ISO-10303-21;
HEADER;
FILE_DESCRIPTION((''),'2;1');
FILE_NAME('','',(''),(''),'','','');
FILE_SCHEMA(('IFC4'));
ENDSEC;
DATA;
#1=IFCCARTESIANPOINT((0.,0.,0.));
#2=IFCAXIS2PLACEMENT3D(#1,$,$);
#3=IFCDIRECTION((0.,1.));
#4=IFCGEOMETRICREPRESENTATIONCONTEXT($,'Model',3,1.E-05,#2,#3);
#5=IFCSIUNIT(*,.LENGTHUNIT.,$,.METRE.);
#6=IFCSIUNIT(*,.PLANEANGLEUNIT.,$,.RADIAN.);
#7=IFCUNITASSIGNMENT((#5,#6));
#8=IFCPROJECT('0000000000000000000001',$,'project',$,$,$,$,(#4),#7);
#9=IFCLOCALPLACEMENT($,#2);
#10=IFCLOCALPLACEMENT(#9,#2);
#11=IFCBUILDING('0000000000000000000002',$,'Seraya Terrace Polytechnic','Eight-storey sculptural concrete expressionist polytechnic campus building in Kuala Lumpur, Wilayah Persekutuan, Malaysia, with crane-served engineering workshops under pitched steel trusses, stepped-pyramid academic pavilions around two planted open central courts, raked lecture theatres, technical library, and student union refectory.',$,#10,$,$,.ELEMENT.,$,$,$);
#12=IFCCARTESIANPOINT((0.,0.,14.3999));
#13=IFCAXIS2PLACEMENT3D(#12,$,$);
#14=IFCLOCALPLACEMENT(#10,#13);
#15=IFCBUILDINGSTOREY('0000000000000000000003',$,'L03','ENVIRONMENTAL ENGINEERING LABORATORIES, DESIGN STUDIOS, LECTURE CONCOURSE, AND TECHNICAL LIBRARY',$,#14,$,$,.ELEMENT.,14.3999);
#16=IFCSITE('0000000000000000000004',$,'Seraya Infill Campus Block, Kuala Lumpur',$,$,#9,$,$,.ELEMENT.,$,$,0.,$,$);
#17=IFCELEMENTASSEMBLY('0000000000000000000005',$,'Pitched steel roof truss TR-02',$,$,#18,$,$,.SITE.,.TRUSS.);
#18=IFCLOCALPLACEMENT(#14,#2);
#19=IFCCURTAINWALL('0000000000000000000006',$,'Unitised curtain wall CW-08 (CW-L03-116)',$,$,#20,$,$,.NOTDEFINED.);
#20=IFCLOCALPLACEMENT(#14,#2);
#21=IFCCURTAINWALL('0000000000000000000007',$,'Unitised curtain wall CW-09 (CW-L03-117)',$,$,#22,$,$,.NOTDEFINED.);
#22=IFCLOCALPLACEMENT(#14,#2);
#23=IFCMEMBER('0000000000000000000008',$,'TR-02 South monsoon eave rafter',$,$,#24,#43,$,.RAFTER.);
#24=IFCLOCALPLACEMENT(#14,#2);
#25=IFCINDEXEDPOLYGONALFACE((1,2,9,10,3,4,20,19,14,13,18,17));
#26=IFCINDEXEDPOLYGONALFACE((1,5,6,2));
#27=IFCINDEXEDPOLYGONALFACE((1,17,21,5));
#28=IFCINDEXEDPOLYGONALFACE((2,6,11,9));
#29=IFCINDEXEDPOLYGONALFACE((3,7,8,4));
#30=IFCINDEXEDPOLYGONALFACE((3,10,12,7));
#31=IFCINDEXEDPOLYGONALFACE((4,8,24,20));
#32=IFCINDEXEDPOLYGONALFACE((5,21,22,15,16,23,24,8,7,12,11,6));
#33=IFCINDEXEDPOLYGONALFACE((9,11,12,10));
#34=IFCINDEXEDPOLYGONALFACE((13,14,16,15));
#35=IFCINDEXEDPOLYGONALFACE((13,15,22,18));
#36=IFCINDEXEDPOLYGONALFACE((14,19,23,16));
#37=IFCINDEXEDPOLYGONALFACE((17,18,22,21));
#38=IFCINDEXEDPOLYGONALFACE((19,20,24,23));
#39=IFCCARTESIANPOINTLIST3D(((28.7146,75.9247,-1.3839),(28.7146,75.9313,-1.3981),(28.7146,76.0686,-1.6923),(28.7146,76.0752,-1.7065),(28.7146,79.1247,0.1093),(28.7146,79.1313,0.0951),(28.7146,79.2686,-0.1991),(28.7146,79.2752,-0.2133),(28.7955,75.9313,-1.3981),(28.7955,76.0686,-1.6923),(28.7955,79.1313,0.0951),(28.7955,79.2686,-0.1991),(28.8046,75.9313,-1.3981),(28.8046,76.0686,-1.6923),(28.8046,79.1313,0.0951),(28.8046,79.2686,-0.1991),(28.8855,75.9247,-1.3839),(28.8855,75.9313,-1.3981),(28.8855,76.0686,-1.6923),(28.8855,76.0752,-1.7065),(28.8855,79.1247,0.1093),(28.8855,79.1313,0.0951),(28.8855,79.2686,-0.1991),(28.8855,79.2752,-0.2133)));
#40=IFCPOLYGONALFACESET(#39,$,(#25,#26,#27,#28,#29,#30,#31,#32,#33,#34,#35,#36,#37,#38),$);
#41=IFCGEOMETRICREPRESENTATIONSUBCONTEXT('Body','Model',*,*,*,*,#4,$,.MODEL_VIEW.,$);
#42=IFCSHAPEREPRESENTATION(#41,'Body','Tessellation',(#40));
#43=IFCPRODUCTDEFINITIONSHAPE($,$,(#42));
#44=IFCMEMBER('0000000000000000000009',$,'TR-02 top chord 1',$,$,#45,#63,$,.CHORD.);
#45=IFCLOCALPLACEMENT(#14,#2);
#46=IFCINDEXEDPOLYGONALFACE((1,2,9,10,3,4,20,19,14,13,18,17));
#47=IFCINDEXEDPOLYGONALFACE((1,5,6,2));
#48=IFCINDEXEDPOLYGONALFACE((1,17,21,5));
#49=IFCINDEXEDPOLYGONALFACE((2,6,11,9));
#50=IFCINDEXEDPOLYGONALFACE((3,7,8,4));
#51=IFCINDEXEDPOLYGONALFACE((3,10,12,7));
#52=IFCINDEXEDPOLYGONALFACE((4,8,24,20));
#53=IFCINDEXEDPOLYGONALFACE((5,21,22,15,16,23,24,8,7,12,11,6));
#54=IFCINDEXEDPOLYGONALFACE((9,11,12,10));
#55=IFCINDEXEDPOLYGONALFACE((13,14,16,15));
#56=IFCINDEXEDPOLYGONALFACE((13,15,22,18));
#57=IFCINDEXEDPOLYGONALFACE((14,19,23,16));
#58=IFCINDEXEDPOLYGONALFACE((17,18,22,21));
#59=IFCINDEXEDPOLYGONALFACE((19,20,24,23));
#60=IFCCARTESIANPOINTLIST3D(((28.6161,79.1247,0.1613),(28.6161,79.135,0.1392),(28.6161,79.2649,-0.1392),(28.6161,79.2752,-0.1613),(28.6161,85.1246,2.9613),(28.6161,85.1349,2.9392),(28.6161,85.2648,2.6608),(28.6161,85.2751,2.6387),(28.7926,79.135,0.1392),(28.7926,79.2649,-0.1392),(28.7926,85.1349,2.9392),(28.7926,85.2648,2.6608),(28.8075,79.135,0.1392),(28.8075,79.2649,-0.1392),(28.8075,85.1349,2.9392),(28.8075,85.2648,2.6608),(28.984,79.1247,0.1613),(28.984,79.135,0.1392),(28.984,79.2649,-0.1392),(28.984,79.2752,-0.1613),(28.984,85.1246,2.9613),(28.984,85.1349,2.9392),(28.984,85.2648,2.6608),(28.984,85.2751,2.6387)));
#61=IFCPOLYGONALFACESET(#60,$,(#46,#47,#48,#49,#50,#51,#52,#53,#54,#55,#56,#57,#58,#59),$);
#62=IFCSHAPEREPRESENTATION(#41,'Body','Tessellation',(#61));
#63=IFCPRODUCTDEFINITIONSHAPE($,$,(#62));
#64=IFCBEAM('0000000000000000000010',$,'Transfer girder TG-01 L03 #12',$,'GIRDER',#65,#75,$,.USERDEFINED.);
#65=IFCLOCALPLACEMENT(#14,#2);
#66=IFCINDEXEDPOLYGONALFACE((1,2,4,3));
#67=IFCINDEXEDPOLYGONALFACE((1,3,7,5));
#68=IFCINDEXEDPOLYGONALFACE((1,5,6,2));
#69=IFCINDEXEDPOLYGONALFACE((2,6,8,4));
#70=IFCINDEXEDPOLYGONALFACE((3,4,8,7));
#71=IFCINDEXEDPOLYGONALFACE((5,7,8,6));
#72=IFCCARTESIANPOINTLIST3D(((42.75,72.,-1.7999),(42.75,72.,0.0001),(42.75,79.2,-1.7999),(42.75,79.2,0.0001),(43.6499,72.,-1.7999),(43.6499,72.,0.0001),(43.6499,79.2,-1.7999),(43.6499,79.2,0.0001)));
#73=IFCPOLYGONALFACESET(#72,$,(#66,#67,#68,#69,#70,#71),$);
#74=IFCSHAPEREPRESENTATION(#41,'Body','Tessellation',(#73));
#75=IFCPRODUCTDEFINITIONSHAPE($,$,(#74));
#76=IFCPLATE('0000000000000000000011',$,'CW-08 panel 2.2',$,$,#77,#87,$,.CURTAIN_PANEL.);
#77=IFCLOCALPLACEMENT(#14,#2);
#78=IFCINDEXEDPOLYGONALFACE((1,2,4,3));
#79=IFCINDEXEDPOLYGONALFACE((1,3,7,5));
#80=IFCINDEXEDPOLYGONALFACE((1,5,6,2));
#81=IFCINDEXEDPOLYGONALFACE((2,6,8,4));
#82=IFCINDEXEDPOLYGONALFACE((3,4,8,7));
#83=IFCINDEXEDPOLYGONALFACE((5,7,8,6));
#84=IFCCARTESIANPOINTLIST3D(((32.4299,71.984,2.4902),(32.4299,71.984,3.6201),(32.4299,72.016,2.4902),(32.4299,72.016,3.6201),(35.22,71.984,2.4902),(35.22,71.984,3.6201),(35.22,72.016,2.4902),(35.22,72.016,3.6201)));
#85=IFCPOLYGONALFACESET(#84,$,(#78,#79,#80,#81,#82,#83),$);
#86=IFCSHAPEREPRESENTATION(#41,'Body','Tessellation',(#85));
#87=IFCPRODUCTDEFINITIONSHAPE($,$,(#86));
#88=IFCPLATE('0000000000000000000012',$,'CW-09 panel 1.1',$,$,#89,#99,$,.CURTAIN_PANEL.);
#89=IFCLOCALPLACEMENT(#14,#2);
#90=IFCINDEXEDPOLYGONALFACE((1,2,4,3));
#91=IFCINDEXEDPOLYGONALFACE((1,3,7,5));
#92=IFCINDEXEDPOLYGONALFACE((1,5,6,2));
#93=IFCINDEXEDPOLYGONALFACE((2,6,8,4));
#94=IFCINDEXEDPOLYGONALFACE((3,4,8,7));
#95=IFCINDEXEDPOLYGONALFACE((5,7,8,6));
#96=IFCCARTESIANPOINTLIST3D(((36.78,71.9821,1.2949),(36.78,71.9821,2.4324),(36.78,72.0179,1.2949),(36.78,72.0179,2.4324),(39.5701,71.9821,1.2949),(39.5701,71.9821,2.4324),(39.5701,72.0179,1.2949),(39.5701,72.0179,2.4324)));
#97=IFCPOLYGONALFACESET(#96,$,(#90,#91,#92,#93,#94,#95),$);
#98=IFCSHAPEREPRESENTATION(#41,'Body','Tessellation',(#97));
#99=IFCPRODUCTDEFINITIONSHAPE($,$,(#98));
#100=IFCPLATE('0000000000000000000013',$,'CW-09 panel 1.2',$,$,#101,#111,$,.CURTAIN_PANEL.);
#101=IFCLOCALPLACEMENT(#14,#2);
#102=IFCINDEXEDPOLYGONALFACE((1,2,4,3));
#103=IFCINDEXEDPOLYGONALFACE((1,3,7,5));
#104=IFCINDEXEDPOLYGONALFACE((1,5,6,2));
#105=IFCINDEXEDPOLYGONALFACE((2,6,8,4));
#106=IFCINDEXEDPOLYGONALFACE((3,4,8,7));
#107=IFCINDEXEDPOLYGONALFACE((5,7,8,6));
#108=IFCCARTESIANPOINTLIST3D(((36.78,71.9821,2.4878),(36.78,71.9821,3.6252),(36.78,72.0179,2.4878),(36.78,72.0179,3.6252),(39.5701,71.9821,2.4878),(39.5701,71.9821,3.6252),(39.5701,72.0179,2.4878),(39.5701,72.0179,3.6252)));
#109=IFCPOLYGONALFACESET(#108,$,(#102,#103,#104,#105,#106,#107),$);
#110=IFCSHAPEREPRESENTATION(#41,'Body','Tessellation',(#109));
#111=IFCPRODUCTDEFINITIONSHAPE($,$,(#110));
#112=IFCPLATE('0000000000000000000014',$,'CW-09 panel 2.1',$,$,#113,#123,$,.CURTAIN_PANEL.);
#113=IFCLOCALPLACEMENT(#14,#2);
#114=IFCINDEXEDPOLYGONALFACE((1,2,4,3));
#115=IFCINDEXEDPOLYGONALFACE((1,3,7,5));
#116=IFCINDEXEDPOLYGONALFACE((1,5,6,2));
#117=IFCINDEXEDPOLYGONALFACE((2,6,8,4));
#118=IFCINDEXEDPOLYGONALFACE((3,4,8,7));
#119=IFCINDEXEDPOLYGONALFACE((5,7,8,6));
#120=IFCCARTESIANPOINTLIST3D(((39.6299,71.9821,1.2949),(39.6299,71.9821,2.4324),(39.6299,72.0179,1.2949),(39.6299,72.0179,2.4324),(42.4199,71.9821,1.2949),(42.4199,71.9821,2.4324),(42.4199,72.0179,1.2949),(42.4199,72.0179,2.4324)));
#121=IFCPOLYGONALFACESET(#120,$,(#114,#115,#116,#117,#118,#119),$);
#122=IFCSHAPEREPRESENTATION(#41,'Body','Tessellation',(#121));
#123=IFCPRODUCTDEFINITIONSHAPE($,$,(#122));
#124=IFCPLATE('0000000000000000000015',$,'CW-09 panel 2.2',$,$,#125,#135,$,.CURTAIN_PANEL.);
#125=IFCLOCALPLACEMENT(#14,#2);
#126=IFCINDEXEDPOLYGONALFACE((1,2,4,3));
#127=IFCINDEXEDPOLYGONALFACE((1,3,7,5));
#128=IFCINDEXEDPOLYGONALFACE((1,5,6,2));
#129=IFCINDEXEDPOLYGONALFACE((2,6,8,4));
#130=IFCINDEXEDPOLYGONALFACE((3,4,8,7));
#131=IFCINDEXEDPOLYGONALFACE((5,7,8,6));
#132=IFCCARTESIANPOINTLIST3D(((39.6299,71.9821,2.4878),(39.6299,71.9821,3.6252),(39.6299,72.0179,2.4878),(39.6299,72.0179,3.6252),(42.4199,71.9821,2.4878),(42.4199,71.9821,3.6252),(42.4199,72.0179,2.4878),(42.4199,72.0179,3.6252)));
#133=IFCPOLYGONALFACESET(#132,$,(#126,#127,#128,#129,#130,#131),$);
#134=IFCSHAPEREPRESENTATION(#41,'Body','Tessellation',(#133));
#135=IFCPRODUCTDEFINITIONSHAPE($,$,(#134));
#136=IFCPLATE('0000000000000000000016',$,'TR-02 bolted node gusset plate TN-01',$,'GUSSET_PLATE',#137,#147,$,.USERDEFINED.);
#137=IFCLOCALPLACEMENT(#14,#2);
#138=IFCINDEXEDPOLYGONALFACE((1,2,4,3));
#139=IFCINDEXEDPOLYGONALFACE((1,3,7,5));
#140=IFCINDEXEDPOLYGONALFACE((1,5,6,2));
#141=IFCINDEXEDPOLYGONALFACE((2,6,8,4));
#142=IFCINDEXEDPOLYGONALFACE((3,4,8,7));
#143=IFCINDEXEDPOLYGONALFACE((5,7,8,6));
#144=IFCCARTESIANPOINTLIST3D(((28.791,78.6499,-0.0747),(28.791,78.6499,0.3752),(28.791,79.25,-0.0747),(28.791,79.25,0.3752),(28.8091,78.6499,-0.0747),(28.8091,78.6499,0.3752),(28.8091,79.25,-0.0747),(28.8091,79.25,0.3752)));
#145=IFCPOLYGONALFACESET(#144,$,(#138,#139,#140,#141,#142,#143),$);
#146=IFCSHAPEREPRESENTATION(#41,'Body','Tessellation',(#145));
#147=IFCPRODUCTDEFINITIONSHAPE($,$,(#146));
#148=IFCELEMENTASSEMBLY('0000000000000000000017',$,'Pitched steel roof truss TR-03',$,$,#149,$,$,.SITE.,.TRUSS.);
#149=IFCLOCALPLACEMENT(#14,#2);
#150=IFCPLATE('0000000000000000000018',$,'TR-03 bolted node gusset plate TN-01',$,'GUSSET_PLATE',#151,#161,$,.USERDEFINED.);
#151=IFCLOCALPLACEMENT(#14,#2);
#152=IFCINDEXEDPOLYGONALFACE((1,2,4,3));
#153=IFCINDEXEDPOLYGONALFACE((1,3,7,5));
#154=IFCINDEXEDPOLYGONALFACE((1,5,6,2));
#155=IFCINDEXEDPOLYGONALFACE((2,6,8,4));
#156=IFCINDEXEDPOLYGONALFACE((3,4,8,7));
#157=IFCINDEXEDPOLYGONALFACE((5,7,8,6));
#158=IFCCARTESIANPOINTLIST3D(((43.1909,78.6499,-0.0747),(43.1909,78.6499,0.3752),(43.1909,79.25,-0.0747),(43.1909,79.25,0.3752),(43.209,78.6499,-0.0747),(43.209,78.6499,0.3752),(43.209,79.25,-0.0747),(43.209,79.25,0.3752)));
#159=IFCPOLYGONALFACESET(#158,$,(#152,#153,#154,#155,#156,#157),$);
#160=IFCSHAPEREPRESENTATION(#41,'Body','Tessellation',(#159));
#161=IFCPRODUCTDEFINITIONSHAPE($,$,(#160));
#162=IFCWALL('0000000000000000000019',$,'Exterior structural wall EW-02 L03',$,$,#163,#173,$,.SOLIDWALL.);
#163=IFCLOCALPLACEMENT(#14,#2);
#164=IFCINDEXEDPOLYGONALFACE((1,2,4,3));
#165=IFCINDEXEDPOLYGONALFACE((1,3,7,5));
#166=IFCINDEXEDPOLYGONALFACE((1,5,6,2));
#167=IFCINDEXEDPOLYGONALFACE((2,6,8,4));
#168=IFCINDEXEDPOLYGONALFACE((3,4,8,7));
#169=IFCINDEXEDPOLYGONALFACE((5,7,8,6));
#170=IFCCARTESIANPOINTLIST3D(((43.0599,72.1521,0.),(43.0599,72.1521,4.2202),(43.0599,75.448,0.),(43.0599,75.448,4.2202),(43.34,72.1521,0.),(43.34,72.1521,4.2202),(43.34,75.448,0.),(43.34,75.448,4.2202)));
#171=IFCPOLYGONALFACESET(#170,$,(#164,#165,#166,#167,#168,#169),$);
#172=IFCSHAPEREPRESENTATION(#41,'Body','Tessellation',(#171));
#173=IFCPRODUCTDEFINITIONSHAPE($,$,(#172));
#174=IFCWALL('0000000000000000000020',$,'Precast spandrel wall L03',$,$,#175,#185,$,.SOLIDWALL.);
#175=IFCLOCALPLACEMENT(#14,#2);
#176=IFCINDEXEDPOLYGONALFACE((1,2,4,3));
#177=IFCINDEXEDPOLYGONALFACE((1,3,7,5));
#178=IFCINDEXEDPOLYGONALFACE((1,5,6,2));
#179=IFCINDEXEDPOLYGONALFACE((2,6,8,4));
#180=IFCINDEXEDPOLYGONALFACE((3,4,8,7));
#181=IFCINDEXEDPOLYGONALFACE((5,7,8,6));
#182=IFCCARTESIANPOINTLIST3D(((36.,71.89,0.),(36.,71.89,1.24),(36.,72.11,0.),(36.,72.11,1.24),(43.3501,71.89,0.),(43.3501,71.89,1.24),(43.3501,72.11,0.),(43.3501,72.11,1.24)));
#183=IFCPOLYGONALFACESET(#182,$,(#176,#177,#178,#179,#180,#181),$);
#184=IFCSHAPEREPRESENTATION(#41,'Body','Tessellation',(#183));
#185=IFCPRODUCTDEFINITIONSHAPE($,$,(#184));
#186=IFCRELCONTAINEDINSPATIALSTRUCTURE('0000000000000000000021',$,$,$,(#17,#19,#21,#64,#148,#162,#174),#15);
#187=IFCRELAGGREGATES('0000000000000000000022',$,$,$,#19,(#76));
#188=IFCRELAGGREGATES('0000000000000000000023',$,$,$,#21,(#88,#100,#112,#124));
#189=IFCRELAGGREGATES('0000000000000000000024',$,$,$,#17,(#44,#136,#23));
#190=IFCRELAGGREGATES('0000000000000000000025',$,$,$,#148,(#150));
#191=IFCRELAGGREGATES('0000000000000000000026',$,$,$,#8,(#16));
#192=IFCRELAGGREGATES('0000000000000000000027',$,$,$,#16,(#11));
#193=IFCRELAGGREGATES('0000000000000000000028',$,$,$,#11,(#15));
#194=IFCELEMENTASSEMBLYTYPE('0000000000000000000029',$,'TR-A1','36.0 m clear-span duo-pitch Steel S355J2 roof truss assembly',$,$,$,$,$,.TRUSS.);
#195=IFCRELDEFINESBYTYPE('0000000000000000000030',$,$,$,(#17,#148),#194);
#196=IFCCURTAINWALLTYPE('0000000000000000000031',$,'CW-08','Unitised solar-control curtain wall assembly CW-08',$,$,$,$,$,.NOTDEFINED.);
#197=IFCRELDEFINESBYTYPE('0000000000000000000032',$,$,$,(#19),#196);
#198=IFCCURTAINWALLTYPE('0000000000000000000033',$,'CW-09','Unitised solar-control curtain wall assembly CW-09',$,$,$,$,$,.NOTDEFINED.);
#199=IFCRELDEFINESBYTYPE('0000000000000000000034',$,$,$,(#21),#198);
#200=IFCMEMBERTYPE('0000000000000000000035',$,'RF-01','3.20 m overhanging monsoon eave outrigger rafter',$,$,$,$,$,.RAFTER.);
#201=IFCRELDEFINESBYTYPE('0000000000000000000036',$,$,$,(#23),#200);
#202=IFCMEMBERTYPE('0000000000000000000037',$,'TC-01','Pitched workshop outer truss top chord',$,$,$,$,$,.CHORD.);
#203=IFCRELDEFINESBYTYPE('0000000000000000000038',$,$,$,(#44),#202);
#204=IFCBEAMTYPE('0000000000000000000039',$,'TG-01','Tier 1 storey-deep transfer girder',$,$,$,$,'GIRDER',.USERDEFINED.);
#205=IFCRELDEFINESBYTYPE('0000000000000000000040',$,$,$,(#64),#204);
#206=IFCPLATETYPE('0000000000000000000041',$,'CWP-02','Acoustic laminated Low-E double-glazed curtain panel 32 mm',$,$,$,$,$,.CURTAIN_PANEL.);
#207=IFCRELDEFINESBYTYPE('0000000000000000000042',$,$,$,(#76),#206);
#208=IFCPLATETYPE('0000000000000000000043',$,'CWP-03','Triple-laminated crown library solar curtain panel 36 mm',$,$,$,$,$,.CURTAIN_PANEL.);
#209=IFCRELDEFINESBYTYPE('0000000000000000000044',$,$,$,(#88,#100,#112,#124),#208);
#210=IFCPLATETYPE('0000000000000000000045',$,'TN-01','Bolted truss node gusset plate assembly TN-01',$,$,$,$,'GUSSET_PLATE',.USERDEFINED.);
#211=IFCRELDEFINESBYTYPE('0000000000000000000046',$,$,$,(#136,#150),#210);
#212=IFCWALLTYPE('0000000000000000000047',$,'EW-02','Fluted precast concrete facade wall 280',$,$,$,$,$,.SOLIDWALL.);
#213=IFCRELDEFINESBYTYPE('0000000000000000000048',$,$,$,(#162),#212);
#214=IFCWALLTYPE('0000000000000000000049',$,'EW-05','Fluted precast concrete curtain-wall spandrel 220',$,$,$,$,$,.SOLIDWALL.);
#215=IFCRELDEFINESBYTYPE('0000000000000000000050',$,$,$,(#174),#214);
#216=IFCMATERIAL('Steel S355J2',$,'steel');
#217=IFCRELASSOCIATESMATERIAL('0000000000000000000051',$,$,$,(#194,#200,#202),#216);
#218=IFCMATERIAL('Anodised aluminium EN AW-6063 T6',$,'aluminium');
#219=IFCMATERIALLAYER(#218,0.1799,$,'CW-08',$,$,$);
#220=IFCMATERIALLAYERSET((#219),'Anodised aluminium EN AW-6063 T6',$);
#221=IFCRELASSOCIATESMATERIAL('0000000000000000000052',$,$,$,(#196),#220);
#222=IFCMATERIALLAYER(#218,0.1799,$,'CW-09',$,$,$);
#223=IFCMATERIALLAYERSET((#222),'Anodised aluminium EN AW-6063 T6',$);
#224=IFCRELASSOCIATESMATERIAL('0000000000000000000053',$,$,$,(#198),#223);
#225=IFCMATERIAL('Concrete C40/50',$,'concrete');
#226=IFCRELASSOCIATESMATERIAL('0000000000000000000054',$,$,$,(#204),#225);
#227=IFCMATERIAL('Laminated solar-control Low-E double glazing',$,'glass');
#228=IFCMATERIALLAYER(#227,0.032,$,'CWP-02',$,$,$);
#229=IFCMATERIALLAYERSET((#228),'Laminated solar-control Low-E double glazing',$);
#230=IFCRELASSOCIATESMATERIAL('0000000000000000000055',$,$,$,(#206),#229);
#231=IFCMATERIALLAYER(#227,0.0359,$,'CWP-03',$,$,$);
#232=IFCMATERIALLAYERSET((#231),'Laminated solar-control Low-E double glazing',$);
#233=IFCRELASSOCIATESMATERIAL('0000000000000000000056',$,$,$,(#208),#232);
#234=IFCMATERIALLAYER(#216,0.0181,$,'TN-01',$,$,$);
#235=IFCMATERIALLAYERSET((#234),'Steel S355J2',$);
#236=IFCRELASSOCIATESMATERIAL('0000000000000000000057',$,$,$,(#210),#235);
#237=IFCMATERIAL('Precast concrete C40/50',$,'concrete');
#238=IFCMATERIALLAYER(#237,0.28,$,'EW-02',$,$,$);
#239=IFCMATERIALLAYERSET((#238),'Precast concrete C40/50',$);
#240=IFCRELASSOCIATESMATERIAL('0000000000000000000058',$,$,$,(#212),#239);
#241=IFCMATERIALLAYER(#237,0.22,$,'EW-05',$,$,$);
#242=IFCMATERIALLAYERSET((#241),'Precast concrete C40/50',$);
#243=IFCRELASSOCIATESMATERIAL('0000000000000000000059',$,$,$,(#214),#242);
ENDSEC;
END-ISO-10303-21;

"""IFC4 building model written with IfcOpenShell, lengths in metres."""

from ifc_helpers import new_model, si_unit, direction, frame, frame_2d, origin, origin_2d, place, context, subcontext, project, spatial, rectangle, i_section, extrude, material, layer, layer_set, material_profile, profile_set, type_object, element, aggregate, save


model = new_model("IFC4")

# Units and contexts
model_context = context("Model", 3, precision=1e-05, world=origin(), true_north=direction((0.0, 1.0)))
body_context = subcontext(model_context, "Body", "Model", "MODEL_VIEW")
ifc_project = project(units=[si_unit("LENGTHUNIT", "METRE"), si_unit("PLANEANGLEUNIT", "RADIAN")], contexts=[model_context])

# Site, building, storey
site_placement = place(None, origin())
site = spatial("IfcSite", under=ifc_project, at=site_placement, Name="Seraya Infill Campus Block, Kuala Lumpur", CompositionType="ELEMENT", RefElevation=0.0)
building_placement = place(site_placement, origin())
building = spatial("IfcBuilding", under=site, at=building_placement, Name="Seraya Terrace Polytechnic", Description="Eight-storey sculptural concrete expressionist polytechnic campus building in Kuala Lumpur, Wilayah Persekutuan, Malaysia, with crane-served engineering workshops under pitched steel trusses, stepped-pyramid academic pavilions around two planted open central courts, raked lecture theatres, technical library, and student union refectory.", CompositionType="ELEMENT")
storey_placement = place(building_placement, frame((0.0, 0.0, 14.3999)))
storey = spatial("IfcBuildingStorey", under=building, at=storey_placement, Name="L03", Description="ENVIRONMENTAL ENGINEERING LABORATORIES, DESIGN STUDIOS, LECTURE CONCOURSE, AND TECHNICAL LIBRARY", CompositionType="ELEMENT", Elevation=14.3999)

# Shared definitions
ifc_material_1 = material(Name="Concrete C40/50", Category="concrete")

# Element assembly
ifc_material_2 = material(Name="Steel S355J2", Category="steel")
element_assembly_type = type_object("IfcElementAssemblyType", Name="TR-A1", Description="36.0 m clear-span duo-pitch Steel S355J2 roof truss assembly", PredefinedType="TRUSS", material=ifc_material_2)
assembly_1_placement = place(storey_placement, origin())
assembly_1 = element("IfcElementAssembly", 1, at=assembly_1_placement, inside=storey, type_object=element_assembly_type, Name="Pitched steel roof truss TR-02", AssemblyPlace="SITE", PredefinedType="TRUSS")

# Curtain wall
ifc_material_3 = material(Name="Anodised aluminium EN AW-6063 T6", Category="aluminium")
ifc_layer_1 = layer(ifc_material_3, 0.1799, Name="CW-08")
ifc_layer_set_1 = layer_set([ifc_layer_1], Name="Anodised aluminium EN AW-6063 T6")
curtain_wall_type_1 = type_object("IfcCurtainWallType", Name="CW-08", Description="Unitised solar-control curtain wall assembly CW-08", PredefinedType="NOTDEFINED", material=ifc_layer_set_1)
curtain_wall_1_placement = place(storey_placement, origin())
curtain_wall_1 = element("IfcCurtainWall", 2, at=curtain_wall_1_placement, inside=storey, type_object=curtain_wall_type_1, Name="Unitised curtain wall CW-08 (CW-L03-116)", PredefinedType="NOTDEFINED")

# Curtain wall
ifc_layer_2 = layer(ifc_material_3, 0.1799, Name="CW-09")
ifc_layer_set_2 = layer_set([ifc_layer_2], Name="Anodised aluminium EN AW-6063 T6")
curtain_wall_type_2 = type_object("IfcCurtainWallType", Name="CW-09", Description="Unitised solar-control curtain wall assembly CW-09", PredefinedType="NOTDEFINED", material=ifc_layer_set_2)
curtain_wall_2_placement = place(storey_placement, origin())
curtain_wall_2 = element("IfcCurtainWall", 3, at=curtain_wall_2_placement, inside=storey, type_object=curtain_wall_type_2, Name="Unitised curtain wall CW-09 (CW-L03-117)", PredefinedType="NOTDEFINED")

# Members
ifc_material_profile_1 = material_profile(ifc_material_2, i_section(OverallWidth=0.1709, OverallDepth=0.356, WebThickness=0.009, FlangeThickness=0.0156, at=origin_2d()), Name="UKB 356x171x9.1x15.7")
ifc_profile_set_1 = profile_set([ifc_material_profile_1], Name="Steel S355J2")
member_type_1 = type_object("IfcMemberType", Name="RF-01", Description="3.20 m overhanging monsoon eave outrigger rafter", PredefinedType="RAFTER", material=ifc_profile_set_1)
member_1_placement = place(storey_placement, frame((28.8, 79.2, -0.052), z_axis=(0.0, -0.906199, -0.422851), x_axis=(1.0, 0.0, 0.0)))
member_1 = element("IfcMember", 4, at=member_1_placement, type_object=member_type_1, Name="TR-02 South monsoon eave rafter", PredefinedType="RAFTER", context=body_context, shape_type="SweptSolid", body=[
    extrude(i_section(OverallWidth=0.1709, OverallDepth=0.356, WebThickness=0.009, FlangeThickness=0.0156, at=origin_2d()), origin(), (0.0, 0.0, 1.0), 3.5312),
])
ifc_material_profile_2 = material_profile(ifc_material_2, i_section(OverallWidth=0.3679, OverallDepth=0.356, WebThickness=0.0149, FlangeThickness=0.0244, at=origin_2d()), Name="UKC 356x368x15.0x24.4")
ifc_profile_set_2 = profile_set([ifc_material_profile_2], Name="Steel S355J2")
member_type_2 = type_object("IfcMemberType", Name="TC-01", Description="Pitched workshop outer truss top chord", PredefinedType="CHORD", material=ifc_profile_set_2)
member_2_placement = place(storey_placement, frame((28.8, 79.2, 0.0), z_axis=(0.0, 0.90618, 0.422892), x_axis=(-1.0, 0.0, 0.0)))
member_2 = element("IfcMember", 5, at=member_2_placement, type_object=member_type_2, Name="TR-02 top chord 1", PredefinedType="CHORD", context=body_context, shape_type="SweptSolid", body=[
    extrude(i_section(OverallWidth=0.3679, OverallDepth=0.356, WebThickness=0.0149, FlangeThickness=0.0244, at=origin_2d()), origin(), (0.0, 0.0, 1.0), 6.6211),
])

# Beam
ifc_material_profile_3 = material_profile(ifc_material_1, rectangle(XDim=0.8999, YDim=1.8, at=origin_2d()), Name="RC 900x1800")
ifc_profile_set_3 = profile_set([ifc_material_profile_3], Name="Concrete C40/50")
beam_type_1 = type_object("IfcBeamType", Name="TG-01", Description="Tier 1 storey-deep transfer girder", ElementType="GIRDER", PredefinedType="USERDEFINED", material=ifc_profile_set_3)
beam_1_placement = place(storey_placement, frame((43.2, 72.0, -0.8999), z_axis=(0.0, 1.0, 0.0), x_axis=(-1.0, 0.0, 0.0)))
element("IfcBeam", 6, at=beam_1_placement, inside=storey, type_object=beam_type_1, Name="Transfer girder TG-01 L03 #12", ObjectType="GIRDER", PredefinedType="USERDEFINED", context=body_context, shape_type="SweptSolid", body=[
    extrude(rectangle(XDim=0.8999, YDim=1.8, at=origin_2d()), origin(), (0.0, 0.0, 1.0), 7.2),
])

# Plates
ifc_material_4 = material(Name="Laminated solar-control Low-E double glazing", Category="glass")
ifc_layer_3 = layer(ifc_material_4, 0.032, Name="CWP-02")
ifc_layer_set_3 = layer_set([ifc_layer_3], Name="Laminated solar-control Low-E double glazing")
plate_type_1 = type_object("IfcPlateType", Name="CWP-02", Description="Acoustic laminated Low-E double-glazed curtain panel 32 mm", PredefinedType="CURTAIN_PANEL", material=ifc_layer_set_3)
plate_1_placement = place(storey_placement, frame((33.825, 72.0, 2.4902), z_axis=(0.0, 0.0, 1.0), x_axis=(1.0, 0.0, 0.0)))
plate_1 = element("IfcPlate", 7, at=plate_1_placement, type_object=plate_type_1, Name="CW-08 panel 2.2", PredefinedType="CURTAIN_PANEL", context=body_context, shape_type="SweptSolid", body=[
    extrude(rectangle(XDim=2.79, YDim=0.032, at=origin_2d()), origin(), (0.0, 0.0, 1.0), 1.1299),
])
aggregate(curtain_wall_1, [plate_1])
ifc_layer_4 = layer(ifc_material_4, 0.0359, Name="CWP-03")
ifc_layer_set_4 = layer_set([ifc_layer_4], Name="Laminated solar-control Low-E double glazing")
plate_type_2 = type_object("IfcPlateType", Name="CWP-03", Description="Triple-laminated crown library solar curtain panel 36 mm", PredefinedType="CURTAIN_PANEL", material=ifc_layer_set_4)
plate_2_placement = place(storey_placement, frame((38.175, 72.0, 1.2949), z_axis=(0.0, 0.0, 1.0), x_axis=(1.0, 0.0, 0.0)))
plate_2 = element("IfcPlate", 8, at=plate_2_placement, type_object=plate_type_2, Name="CW-09 panel 1.1", PredefinedType="CURTAIN_PANEL", context=body_context, shape_type="SweptSolid", body=[
    extrude(rectangle(XDim=2.79, YDim=0.0359, at=origin_2d()), origin(), (0.0, 0.0, 1.0), 1.1375),
])
plate_3_placement = place(storey_placement, frame((38.175, 72.0, 2.4878), z_axis=(0.0, 0.0, 1.0), x_axis=(1.0, 0.0, 0.0)))
plate_3 = element("IfcPlate", 9, at=plate_3_placement, type_object=plate_type_2, Name="CW-09 panel 1.2", PredefinedType="CURTAIN_PANEL", context=body_context, shape_type="SweptSolid", body=[
    extrude(rectangle(XDim=2.79, YDim=0.0359, at=origin_2d()), origin(), (0.0, 0.0, 1.0), 1.1375),
])
plate_4_placement = place(storey_placement, frame((41.0249, 72.0, 1.2949), z_axis=(0.0, 0.0, 1.0), x_axis=(1.0, 0.0, 0.0)))
plate_4 = element("IfcPlate", 10, at=plate_4_placement, type_object=plate_type_2, Name="CW-09 panel 2.1", PredefinedType="CURTAIN_PANEL", context=body_context, shape_type="SweptSolid", body=[
    extrude(rectangle(XDim=2.79, YDim=0.0359, at=origin_2d()), origin(), (0.0, 0.0, 1.0), 1.1375),
])
plate_5_placement = place(storey_placement, frame((41.0249, 72.0, 2.4878), z_axis=(0.0, 0.0, 1.0), x_axis=(1.0, 0.0, 0.0)))
plate_5 = element("IfcPlate", 11, at=plate_5_placement, type_object=plate_type_2, Name="CW-09 panel 2.2", PredefinedType="CURTAIN_PANEL", context=body_context, shape_type="SweptSolid", body=[
    extrude(rectangle(XDim=2.79, YDim=0.0359, at=origin_2d()), origin(), (0.0, 0.0, 1.0), 1.1375),
])
aggregate(curtain_wall_2, [plate_2, plate_3, plate_4, plate_5])
ifc_layer_5 = layer(ifc_material_2, 0.0181, Name="TN-01")
ifc_layer_set_5 = layer_set([ifc_layer_5], Name="Steel S355J2")
plate_type_3 = type_object("IfcPlateType", Name="TN-01", Description="Bolted truss node gusset plate assembly TN-01", ElementType="GUSSET_PLATE", PredefinedType="USERDEFINED", material=ifc_layer_set_5)
plate_6_placement = place(storey_placement, frame((28.8, 78.95, -0.0747), z_axis=(0.0, 0.0, 1.0), x_axis=(0.0, 1.0, 0.0)))
plate_6 = element("IfcPlate", 12, at=plate_6_placement, type_object=plate_type_3, Name="TR-02 bolted node gusset plate TN-01", ObjectType="GUSSET_PLATE", PredefinedType="USERDEFINED", context=body_context, shape_type="SweptSolid", body=[
    extrude(rectangle(XDim=0.6001, YDim=0.0181, at=origin_2d()), origin(), (0.0, 0.0, 1.0), 0.45),
])
aggregate(assembly_1, [member_2, plate_6, member_1])

# Element assembly, plate
assembly_2_placement = place(storey_placement, origin())
assembly_2 = element("IfcElementAssembly", 13, at=assembly_2_placement, inside=storey, type_object=element_assembly_type, Name="Pitched steel roof truss TR-03", AssemblyPlace="SITE", PredefinedType="TRUSS")
plate_7_placement = place(storey_placement, frame((43.2, 78.95, -0.0747), z_axis=(0.0, 0.0, 1.0), x_axis=(0.0, 1.0, 0.0)))
plate_7 = element("IfcPlate", 14, at=plate_7_placement, type_object=plate_type_3, Name="TR-03 bolted node gusset plate TN-01", ObjectType="GUSSET_PLATE", PredefinedType="USERDEFINED", context=body_context, shape_type="SweptSolid", body=[
    extrude(rectangle(XDim=0.6001, YDim=0.0181, at=origin_2d()), origin(), (0.0, 0.0, 1.0), 0.45),
])
aggregate(assembly_2, [plate_7])

# Walls
ifc_material_5 = material(Name="Precast concrete C40/50", Category="concrete")
ifc_layer_6 = layer(ifc_material_5, 0.28, Name="EW-02")
ifc_layer_set_6 = layer_set([ifc_layer_6], Name="Precast concrete C40/50")
wall_type_1 = type_object("IfcWallType", Name="EW-02", Description="Fluted precast concrete facade wall 280", PredefinedType="SOLIDWALL", material=ifc_layer_set_6)
wall_1_placement = place(storey_placement, frame((43.2, 72.1521, 0.0), z_axis=(0.0, 0.0, 1.0), x_axis=(0.0, 1.0, 0.0)))
element("IfcWall", 15, at=wall_1_placement, inside=storey, type_object=wall_type_1, Name="Exterior structural wall EW-02 L03", PredefinedType="SOLIDWALL", context=body_context, shape_type="SweptSolid", body=[
    extrude(rectangle(XDim=3.2959, YDim=0.28, at=frame_2d((1.6479, 0.0))), origin(), (0.0, 0.0, 1.0), 4.2202),
])
ifc_layer_7 = layer(ifc_material_5, 0.22, Name="EW-05")
ifc_layer_set_7 = layer_set([ifc_layer_7], Name="Precast concrete C40/50")
wall_type_2 = type_object("IfcWallType", Name="EW-05", Description="Fluted precast concrete curtain-wall spandrel 220", PredefinedType="SOLIDWALL", material=ifc_layer_set_7)
wall_2_placement = place(storey_placement, frame((36.0, 72.0, 0.0), z_axis=(0.0, 0.0, 1.0), x_axis=(1.0, 0.0, 0.0)))
element("IfcWall", 16, at=wall_2_placement, inside=storey, type_object=wall_type_2, Name="Precast spandrel wall L03", PredefinedType="SOLIDWALL", context=body_context, shape_type="SweptSolid", body=[
    extrude(rectangle(XDim=7.3501, YDim=0.22, at=frame_2d((3.675, 0.0))), origin(), (0.0, 0.0, 1.0), 1.24),
])

save(model, "model.ifc")
